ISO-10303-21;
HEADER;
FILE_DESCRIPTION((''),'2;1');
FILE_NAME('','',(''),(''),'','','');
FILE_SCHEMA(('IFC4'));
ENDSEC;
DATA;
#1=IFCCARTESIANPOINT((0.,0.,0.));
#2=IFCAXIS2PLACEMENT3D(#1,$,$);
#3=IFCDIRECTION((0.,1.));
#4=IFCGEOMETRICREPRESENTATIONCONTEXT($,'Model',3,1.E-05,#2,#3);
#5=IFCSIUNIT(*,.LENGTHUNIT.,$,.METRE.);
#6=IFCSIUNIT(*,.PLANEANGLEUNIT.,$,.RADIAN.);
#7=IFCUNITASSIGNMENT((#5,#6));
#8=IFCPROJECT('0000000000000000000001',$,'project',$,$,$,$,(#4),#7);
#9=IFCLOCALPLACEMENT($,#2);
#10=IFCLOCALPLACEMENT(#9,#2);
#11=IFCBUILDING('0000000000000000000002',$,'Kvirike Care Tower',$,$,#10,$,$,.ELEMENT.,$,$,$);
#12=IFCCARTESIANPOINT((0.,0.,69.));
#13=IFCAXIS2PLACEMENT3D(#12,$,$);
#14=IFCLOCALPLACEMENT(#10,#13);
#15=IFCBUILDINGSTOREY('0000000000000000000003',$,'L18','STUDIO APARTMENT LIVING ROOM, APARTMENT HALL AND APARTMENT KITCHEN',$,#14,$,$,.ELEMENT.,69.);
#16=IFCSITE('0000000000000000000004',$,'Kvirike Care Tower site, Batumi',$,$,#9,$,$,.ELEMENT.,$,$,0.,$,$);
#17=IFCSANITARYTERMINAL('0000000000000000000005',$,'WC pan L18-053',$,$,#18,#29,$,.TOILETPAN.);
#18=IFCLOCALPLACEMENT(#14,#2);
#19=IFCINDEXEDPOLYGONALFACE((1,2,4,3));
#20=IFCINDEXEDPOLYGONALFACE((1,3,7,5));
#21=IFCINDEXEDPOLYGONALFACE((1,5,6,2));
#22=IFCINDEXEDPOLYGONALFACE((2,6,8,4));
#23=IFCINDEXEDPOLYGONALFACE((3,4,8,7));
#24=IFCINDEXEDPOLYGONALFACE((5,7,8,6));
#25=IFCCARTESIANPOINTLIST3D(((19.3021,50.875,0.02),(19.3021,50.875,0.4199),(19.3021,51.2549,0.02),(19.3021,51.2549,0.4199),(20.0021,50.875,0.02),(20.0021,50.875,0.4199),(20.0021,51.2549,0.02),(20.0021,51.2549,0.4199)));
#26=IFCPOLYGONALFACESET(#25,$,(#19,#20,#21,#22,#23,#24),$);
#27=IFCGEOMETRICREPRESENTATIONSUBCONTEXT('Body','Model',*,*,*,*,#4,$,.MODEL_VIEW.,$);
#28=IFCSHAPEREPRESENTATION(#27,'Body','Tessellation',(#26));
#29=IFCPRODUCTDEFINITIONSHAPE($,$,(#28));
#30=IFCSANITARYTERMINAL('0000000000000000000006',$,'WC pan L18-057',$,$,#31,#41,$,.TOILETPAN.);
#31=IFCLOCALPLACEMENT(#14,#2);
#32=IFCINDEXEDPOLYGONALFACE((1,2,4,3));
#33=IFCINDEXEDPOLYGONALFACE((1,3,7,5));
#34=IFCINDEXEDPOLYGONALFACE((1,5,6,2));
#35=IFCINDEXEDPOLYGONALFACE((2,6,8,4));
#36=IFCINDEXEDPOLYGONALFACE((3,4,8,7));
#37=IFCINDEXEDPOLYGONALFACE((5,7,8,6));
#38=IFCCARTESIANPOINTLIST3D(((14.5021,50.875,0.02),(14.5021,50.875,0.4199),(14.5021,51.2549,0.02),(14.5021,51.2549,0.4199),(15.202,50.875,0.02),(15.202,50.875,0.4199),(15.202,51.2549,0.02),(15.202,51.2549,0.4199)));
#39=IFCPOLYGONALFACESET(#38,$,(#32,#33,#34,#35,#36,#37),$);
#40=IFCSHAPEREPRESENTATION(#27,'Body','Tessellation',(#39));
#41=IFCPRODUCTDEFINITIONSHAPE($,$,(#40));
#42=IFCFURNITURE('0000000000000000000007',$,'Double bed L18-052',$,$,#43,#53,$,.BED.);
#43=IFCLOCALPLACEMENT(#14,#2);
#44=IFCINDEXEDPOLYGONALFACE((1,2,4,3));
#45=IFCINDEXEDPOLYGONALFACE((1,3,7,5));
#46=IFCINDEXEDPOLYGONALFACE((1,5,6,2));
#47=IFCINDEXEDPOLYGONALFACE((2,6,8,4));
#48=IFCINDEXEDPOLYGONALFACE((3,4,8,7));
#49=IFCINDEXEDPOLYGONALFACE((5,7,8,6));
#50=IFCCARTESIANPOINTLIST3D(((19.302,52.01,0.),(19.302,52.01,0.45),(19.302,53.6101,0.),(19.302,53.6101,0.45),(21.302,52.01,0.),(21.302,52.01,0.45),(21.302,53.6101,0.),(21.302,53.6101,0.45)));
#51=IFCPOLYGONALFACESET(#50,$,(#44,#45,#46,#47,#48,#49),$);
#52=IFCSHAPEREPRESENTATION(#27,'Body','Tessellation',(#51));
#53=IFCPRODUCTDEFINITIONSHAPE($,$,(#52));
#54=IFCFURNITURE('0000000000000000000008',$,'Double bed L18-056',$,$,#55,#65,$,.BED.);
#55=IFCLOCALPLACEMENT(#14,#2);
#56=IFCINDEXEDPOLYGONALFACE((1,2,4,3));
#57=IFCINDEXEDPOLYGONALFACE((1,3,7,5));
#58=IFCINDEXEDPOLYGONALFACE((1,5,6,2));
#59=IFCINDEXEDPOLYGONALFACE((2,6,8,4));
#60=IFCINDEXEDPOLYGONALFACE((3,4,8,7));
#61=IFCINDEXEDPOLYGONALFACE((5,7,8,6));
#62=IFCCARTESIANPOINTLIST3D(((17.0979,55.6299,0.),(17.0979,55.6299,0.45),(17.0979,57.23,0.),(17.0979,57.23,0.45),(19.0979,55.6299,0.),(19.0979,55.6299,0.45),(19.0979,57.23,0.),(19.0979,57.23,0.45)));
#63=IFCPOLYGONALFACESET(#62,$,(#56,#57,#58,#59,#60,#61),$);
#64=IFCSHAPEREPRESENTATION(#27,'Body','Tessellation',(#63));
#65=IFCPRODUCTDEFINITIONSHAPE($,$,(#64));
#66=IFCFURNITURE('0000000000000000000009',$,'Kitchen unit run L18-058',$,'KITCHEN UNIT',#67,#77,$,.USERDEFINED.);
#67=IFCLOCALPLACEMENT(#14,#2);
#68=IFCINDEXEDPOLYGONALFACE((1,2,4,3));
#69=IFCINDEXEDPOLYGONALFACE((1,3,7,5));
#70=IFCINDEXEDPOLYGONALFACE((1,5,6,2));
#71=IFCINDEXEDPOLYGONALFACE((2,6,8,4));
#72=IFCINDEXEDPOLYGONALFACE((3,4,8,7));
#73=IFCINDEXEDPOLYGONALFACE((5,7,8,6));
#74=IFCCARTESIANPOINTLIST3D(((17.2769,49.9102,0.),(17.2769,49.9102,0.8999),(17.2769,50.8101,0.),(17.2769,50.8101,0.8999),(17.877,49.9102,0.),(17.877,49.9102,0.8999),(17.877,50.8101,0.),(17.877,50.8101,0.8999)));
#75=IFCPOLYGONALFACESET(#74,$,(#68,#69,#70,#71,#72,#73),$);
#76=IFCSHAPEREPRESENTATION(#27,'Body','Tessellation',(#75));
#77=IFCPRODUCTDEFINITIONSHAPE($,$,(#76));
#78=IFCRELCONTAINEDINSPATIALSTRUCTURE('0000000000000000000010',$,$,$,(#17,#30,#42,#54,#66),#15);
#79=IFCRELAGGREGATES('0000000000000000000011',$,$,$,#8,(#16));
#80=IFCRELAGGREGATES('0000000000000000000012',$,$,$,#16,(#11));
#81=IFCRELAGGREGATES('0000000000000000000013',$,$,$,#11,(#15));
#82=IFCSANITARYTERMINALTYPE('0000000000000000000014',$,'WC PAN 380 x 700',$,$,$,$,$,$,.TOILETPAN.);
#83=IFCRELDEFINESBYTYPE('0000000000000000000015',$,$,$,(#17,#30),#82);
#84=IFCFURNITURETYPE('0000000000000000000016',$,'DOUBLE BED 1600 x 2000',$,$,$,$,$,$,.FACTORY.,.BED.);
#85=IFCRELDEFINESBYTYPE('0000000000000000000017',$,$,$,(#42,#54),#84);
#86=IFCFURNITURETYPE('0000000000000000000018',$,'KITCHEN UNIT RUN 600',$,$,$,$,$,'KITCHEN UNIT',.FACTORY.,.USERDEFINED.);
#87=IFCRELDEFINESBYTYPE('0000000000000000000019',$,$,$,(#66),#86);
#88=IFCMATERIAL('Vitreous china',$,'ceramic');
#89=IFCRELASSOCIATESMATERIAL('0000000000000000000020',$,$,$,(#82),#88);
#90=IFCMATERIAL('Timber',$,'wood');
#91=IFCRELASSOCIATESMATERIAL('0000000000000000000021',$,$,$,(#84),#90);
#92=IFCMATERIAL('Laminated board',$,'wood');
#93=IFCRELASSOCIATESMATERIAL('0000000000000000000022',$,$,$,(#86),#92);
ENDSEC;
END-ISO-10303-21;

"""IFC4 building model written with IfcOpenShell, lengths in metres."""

from ifc_helpers import new_model, si_unit, direction, frame, origin, origin_2d, place, context, subcontext, project, spatial, rectangle, extrude, material, type_object, element, save


model = new_model("IFC4")

# Units and contexts
model_context = context("Model", 3, precision=1e-05, world=origin(), true_north=direction((0.0, 1.0)))
body_context = subcontext(model_context, "Body", "Model", "MODEL_VIEW")
ifc_project = project(units=[si_unit("LENGTHUNIT", "METRE"), si_unit("PLANEANGLEUNIT", "RADIAN")], contexts=[model_context])

# Site, building, storey
site_placement = place(None, origin())
site = spatial("IfcSite", under=ifc_project, at=site_placement, Name="Kvirike Care Tower site, Batumi", CompositionType="ELEMENT", RefElevation=0.0)
building_placement = place(site_placement, origin())
building = spatial("IfcBuilding", under=site, at=building_placement, Name="Kvirike Care Tower", CompositionType="ELEMENT")
storey_placement = place(building_placement, frame((0.0, 0.0, 69.0)))
storey = spatial("IfcBuildingStorey", under=building, at=storey_placement, Name="L18", Description="STUDIO APARTMENT LIVING ROOM, APARTMENT HALL AND APARTMENT KITCHEN", CompositionType="ELEMENT", Elevation=69.0)

# Sanitary terminals
ifc_material_1 = material(Name="Vitreous china", Category="ceramic")
sanitary_terminal_type_1 = type_object("IfcSanitaryTerminalType", Name="WC PAN 380 x 700", PredefinedType="TOILETPAN", material=ifc_material_1)
for number, where, z_axis, x_axis, name in (
    (1, (19.6521, 51.0649, 0.02), (0.0, 0.0, 1.0), (0.0, 1.0, 0.0), "WC pan L18-053"),
    (2, (14.8521, 51.0649, 0.02), (0.0, 0.0, 1.0), (0.0, 1.0, 0.0), "WC pan L18-057"),
):
    element("IfcSanitaryTerminal", number, at=place(storey_placement, frame(where, z_axis=z_axis, x_axis=x_axis)), inside=storey, type_object=sanitary_terminal_type_1, Name=name, PredefinedType="TOILETPAN", context=body_context, shape_type="SweptSolid", body=[
        extrude(rectangle(XDim=0.3799, YDim=0.7, at=origin_2d()), origin(), (0.0, 0.0, 1.0), 0.3999),
    ])

# Furniture
ifc_material_2 = material(Name="Timber", Category="wood")
furniture_type_1 = type_object("IfcFurnitureType", Name="DOUBLE BED 1600 x 2000", AssemblyPlace="FACTORY", PredefinedType="BED", material=ifc_material_2)
for number, where, z_axis, x_axis, name in (
    (3, (20.302, 52.8101, 0.0), (0.0, 0.0, 1.0), (0.0, 1.0, 0.0), "Double bed L18-052"),
    (4, (18.0979, 56.4299, 0.0), (0.0, 0.0, 1.0), (0.0, -1.0, 0.0), "Double bed L18-056"),
):
    element("IfcFurniture", number, at=place(storey_placement, frame(where, z_axis=z_axis, x_axis=x_axis)), inside=storey, type_object=furniture_type_1, Name=name, PredefinedType="BED", context=body_context, shape_type="SweptSolid", body=[
        extrude(rectangle(XDim=1.6001, YDim=2.0, at=origin_2d()), origin(), (0.0, 0.0, 1.0), 0.45),
    ])
ifc_material_3 = material(Name="Laminated board", Category="wood")
furniture_type_2 = type_object("IfcFurnitureType", Name="KITCHEN UNIT RUN 600", ElementType="KITCHEN UNIT", AssemblyPlace="FACTORY", PredefinedType="USERDEFINED", material=ifc_material_3)
furniture_placement = place(storey_placement, frame((17.5769, 50.3601, 0.0), z_axis=(0.0, 0.0, 1.0), x_axis=(0.0, 1.0, 0.0)))
element("IfcFurniture", 5, at=furniture_placement, inside=storey, type_object=furniture_type_2, Name="Kitchen unit run L18-058", ObjectType="KITCHEN UNIT", PredefinedType="USERDEFINED", context=body_context, shape_type="SweptSolid", body=[
    extrude(rectangle(XDim=0.8999, YDim=0.6001, at=origin_2d()), origin(), (0.0, 0.0, 1.0), 0.8999),
])

save(model, "model.ifc")
